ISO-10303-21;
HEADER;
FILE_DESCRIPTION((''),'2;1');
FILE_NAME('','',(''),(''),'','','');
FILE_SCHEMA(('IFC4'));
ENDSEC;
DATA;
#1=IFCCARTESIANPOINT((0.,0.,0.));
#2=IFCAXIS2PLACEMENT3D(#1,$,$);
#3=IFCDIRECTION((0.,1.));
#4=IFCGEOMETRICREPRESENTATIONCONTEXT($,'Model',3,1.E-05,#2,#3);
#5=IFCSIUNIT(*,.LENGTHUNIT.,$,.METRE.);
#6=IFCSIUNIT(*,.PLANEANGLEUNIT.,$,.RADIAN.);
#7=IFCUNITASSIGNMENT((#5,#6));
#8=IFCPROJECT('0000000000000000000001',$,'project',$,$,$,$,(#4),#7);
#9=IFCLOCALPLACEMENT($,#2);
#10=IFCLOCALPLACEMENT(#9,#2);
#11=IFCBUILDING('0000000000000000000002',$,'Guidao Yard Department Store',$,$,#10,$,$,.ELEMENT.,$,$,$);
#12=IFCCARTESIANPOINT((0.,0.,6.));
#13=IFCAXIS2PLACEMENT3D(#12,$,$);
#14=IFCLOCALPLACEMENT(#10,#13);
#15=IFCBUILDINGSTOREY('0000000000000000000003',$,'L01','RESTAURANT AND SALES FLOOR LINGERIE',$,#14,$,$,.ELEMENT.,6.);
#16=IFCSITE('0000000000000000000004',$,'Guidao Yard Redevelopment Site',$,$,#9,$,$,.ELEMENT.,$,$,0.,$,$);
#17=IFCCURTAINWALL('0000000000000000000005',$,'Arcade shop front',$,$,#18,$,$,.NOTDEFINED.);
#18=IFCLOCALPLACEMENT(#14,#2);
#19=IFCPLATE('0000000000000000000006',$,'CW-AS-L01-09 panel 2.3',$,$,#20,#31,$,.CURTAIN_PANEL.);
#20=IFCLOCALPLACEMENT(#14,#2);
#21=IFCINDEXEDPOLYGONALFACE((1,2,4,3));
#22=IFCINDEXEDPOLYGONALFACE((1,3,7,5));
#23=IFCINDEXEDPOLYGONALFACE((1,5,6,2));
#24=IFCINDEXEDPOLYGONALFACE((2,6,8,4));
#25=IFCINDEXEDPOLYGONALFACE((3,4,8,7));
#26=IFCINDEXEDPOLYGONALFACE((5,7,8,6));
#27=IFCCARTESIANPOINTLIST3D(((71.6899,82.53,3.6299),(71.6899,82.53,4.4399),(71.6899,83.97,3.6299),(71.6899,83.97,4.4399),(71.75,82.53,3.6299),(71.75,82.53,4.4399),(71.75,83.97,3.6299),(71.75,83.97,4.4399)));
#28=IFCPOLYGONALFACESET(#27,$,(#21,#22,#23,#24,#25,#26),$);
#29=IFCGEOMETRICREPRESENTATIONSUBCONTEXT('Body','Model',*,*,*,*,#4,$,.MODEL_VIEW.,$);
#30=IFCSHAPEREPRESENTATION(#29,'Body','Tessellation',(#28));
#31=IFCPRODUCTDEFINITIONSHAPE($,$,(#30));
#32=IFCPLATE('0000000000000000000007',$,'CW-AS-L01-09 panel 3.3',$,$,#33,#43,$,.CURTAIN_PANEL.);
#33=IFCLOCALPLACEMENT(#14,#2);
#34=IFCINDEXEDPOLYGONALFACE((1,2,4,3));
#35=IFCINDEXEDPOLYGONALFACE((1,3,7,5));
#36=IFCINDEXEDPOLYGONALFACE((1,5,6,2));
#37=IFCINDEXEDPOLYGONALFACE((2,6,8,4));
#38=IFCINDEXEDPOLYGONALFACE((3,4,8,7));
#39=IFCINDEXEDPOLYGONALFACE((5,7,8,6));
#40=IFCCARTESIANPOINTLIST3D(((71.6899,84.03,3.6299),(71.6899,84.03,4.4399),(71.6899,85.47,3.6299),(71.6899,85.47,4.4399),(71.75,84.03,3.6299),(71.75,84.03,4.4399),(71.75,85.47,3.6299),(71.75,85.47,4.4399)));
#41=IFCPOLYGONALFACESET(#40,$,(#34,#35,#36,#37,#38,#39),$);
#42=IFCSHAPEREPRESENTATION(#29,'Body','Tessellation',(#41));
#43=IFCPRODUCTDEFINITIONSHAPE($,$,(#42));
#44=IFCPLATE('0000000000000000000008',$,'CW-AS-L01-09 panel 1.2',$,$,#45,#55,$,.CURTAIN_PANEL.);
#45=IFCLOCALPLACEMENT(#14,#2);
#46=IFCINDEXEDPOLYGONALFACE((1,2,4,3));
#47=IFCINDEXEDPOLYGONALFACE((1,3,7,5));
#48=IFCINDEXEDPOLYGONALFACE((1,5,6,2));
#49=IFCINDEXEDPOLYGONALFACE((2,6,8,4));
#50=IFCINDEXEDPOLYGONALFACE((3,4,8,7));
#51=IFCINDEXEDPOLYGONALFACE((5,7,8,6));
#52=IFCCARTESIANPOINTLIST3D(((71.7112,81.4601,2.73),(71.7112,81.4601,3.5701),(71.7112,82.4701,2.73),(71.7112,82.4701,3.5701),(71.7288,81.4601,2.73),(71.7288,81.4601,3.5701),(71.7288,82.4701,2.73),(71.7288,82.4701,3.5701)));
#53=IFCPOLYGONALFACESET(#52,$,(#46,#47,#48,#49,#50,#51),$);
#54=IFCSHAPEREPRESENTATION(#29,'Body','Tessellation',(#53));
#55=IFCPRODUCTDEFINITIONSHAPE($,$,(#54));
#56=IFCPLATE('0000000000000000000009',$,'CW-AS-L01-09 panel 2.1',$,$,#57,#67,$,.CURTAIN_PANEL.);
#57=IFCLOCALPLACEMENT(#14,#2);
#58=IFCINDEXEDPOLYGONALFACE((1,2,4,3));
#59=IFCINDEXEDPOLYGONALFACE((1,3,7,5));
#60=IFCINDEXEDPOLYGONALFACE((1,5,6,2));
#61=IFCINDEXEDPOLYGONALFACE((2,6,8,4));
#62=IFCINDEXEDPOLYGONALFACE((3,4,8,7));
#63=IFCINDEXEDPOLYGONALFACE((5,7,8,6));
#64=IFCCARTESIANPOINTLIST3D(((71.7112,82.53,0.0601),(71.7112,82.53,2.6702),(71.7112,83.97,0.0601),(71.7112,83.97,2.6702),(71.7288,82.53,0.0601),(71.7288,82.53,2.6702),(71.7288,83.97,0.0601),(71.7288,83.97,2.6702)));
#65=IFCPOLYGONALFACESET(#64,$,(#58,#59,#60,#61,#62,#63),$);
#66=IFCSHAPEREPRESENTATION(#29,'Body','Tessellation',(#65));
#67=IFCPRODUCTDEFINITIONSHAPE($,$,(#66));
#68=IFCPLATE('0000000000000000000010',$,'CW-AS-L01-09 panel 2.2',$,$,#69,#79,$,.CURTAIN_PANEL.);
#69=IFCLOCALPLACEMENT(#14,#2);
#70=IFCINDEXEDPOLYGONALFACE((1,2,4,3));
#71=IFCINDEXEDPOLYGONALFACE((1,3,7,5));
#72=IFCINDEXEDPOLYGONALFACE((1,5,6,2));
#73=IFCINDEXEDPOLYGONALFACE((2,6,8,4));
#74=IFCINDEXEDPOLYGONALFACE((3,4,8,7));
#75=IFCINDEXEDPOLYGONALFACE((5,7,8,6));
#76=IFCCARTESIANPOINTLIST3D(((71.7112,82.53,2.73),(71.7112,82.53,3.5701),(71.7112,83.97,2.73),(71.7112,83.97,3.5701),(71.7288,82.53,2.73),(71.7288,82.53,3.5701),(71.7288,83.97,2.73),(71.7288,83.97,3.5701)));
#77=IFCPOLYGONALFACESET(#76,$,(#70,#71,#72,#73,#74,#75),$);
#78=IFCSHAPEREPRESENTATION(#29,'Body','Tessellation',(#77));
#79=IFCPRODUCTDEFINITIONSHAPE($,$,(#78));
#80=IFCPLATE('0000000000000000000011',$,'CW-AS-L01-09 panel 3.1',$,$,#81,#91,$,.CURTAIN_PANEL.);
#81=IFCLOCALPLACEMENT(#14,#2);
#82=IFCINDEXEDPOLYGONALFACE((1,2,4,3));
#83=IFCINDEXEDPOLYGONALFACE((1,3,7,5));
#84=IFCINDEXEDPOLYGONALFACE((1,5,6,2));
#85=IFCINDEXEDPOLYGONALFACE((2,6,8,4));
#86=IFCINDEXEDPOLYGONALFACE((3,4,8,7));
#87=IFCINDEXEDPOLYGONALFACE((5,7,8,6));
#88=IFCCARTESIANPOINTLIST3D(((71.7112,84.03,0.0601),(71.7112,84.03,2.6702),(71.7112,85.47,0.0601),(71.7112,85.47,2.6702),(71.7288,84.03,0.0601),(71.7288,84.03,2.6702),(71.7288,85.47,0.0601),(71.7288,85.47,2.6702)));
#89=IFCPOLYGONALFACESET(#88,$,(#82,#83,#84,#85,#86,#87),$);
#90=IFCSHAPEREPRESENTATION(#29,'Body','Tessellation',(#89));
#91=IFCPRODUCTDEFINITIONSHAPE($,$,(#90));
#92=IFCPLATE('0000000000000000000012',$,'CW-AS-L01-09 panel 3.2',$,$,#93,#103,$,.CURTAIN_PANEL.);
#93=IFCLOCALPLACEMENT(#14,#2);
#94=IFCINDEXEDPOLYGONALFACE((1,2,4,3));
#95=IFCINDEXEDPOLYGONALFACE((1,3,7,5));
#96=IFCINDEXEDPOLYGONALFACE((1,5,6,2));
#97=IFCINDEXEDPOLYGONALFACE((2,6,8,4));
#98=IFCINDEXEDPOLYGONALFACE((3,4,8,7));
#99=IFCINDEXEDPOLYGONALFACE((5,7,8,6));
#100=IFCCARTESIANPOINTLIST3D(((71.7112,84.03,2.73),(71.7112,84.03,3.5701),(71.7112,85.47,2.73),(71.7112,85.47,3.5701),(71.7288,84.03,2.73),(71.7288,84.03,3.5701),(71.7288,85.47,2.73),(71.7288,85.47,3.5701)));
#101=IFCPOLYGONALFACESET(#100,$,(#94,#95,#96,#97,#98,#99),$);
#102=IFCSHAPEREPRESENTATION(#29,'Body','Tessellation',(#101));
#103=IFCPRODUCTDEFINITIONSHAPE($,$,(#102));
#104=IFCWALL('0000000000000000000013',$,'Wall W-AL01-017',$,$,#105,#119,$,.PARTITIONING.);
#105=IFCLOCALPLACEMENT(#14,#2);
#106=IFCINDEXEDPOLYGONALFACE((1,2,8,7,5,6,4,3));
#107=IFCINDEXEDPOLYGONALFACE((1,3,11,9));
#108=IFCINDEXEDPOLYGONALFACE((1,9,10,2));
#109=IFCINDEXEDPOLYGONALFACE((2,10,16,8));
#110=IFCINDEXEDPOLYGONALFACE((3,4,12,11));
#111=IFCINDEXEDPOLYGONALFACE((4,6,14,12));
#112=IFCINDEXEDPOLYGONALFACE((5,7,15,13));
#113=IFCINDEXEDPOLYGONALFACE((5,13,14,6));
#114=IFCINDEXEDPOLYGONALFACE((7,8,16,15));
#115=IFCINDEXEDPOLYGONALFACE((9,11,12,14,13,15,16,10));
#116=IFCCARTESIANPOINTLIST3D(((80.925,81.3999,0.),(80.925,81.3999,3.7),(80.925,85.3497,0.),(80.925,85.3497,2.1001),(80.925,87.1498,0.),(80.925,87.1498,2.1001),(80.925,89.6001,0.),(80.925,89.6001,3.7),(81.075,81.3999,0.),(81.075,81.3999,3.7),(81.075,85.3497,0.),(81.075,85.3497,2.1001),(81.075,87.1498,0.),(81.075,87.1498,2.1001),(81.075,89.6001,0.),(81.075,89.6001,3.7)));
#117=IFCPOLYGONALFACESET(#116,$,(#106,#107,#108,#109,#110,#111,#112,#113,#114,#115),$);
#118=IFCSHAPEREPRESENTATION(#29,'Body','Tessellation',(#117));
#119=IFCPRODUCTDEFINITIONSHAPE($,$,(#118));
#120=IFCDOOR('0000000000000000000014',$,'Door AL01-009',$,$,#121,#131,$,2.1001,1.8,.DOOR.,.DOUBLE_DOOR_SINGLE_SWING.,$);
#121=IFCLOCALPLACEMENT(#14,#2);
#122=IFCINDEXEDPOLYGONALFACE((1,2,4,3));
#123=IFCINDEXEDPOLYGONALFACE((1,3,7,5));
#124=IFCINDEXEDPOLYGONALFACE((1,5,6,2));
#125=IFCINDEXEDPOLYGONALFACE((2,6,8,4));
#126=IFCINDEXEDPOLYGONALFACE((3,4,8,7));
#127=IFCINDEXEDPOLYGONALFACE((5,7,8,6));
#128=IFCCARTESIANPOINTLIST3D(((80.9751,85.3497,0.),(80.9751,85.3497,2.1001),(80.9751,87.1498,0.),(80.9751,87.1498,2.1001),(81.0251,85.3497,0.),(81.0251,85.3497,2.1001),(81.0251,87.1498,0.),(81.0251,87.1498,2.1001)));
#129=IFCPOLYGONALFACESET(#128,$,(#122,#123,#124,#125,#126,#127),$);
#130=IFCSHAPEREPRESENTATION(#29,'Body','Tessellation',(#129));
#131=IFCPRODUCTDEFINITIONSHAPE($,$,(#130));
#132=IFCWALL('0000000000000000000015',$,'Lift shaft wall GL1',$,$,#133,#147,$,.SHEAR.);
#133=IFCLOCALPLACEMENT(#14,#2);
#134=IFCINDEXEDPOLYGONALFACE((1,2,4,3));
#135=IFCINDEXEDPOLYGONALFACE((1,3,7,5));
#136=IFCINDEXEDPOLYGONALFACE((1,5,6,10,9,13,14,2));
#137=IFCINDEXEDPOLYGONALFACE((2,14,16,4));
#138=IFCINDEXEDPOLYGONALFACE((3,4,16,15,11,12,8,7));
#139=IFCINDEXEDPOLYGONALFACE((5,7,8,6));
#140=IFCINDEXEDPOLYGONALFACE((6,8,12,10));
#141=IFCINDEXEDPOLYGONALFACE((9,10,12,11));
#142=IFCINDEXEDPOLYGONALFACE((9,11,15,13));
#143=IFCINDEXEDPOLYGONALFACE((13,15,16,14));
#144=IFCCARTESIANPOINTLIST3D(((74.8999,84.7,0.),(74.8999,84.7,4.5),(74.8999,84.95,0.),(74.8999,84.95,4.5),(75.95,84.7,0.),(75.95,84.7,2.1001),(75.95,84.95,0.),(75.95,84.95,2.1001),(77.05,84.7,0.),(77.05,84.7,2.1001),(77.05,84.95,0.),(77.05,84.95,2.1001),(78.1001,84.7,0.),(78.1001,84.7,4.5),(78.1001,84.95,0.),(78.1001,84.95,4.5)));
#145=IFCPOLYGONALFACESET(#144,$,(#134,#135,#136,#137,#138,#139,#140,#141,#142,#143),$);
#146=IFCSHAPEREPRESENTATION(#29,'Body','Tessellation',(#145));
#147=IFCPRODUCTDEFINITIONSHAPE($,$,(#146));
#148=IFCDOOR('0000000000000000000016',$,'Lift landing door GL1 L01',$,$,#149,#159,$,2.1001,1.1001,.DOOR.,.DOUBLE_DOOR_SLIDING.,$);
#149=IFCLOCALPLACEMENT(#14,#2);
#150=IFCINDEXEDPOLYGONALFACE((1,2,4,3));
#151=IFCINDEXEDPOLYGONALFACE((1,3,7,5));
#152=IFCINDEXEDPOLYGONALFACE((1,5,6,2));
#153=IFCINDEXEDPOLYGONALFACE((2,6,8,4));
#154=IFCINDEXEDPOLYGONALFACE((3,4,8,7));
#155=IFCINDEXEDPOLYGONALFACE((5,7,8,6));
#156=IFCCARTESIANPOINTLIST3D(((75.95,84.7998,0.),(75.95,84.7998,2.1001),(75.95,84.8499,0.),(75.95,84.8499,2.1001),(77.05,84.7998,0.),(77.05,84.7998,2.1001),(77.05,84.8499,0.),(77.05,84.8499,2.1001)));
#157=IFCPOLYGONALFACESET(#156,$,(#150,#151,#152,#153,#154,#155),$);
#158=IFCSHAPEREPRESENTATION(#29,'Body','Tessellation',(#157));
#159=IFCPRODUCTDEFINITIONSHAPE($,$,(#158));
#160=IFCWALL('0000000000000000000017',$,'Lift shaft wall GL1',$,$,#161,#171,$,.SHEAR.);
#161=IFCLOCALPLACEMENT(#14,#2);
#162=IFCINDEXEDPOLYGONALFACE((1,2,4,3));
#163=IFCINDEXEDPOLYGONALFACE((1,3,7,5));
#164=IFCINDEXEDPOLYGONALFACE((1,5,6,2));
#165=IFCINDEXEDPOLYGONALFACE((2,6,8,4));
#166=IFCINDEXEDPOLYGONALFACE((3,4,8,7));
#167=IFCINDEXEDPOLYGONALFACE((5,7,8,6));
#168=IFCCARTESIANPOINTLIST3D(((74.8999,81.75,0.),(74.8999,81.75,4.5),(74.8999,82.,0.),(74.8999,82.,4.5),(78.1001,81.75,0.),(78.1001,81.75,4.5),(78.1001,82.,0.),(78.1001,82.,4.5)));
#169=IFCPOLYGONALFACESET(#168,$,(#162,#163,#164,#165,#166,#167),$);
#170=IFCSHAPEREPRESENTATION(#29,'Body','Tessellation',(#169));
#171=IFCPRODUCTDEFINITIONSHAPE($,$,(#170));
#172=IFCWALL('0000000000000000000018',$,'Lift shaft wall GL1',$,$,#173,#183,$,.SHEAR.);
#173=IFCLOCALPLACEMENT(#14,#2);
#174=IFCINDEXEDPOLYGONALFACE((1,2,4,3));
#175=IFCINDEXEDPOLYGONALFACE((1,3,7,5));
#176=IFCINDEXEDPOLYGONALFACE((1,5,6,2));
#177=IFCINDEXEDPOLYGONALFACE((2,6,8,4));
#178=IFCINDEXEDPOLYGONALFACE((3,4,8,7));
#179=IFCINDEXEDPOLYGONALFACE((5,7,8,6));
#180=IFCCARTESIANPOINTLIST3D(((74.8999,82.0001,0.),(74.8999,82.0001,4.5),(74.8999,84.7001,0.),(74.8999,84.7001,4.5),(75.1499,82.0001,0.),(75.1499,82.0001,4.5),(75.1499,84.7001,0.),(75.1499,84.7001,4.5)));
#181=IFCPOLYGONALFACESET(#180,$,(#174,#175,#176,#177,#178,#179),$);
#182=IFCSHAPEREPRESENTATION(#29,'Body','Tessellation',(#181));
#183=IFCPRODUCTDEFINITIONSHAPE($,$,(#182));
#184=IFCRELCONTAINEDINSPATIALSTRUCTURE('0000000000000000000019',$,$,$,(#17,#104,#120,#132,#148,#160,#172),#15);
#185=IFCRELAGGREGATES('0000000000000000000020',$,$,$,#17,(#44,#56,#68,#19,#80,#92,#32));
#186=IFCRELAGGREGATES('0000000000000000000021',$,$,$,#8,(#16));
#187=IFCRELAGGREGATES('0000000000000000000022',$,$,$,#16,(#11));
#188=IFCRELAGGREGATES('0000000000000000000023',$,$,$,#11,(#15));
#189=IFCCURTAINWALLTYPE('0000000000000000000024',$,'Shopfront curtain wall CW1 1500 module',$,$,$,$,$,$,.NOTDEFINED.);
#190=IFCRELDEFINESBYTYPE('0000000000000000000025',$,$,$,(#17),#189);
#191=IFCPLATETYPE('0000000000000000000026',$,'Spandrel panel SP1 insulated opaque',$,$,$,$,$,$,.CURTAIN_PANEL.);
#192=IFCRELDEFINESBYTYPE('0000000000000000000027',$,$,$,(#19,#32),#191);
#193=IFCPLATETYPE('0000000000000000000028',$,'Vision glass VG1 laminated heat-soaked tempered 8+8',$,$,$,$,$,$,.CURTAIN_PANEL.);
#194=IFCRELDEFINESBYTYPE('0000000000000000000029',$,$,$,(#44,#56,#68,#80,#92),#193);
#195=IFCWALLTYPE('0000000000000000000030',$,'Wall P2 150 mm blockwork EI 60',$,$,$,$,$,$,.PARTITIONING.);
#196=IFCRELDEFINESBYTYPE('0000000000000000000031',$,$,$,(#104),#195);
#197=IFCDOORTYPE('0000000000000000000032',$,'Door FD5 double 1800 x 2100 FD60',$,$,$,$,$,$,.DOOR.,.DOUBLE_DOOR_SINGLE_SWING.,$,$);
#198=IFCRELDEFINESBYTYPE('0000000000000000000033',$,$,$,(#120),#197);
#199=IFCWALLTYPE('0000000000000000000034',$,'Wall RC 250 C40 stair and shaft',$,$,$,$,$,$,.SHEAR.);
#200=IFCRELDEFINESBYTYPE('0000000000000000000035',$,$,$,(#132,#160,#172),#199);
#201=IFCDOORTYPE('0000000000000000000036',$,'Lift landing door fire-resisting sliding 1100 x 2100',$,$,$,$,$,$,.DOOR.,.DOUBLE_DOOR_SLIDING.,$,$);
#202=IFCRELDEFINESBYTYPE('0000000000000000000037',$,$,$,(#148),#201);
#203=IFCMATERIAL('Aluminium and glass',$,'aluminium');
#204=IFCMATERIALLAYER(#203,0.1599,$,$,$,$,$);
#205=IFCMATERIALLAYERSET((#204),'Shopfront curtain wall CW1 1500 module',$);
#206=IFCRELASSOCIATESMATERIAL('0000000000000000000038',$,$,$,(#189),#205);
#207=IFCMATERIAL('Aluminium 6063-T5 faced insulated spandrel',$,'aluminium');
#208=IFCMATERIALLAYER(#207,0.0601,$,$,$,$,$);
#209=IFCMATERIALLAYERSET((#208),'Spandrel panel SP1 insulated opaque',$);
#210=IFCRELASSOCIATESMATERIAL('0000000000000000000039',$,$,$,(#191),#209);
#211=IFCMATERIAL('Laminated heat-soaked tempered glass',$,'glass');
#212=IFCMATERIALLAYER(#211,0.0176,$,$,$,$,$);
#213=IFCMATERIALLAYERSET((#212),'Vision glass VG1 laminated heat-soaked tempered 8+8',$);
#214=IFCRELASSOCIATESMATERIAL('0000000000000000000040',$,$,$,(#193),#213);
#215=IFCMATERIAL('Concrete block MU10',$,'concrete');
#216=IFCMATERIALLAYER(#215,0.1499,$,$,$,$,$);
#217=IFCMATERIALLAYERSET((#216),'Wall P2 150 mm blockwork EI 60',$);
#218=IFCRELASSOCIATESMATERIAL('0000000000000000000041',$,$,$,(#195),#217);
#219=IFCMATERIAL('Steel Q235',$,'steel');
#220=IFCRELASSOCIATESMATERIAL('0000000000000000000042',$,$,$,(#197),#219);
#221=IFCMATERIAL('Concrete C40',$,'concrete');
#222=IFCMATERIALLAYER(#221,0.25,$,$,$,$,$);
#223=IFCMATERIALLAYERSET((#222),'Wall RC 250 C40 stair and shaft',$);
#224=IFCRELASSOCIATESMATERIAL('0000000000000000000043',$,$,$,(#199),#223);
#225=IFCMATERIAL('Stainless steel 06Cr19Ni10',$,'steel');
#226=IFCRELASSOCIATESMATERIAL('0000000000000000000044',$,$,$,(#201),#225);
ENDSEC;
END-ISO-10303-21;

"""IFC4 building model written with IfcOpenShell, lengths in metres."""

from ifc_helpers import new_model, si_unit, direction, frame, frame_2d, origin, origin_2d, place, context, subcontext, project, spatial, rectangle, extrude, material, layer, layer_set, type_object, element, fill, aggregate, save


model = new_model("IFC4")

# Units and contexts
model_context = context("Model", 3, precision=1e-05, world=origin(), true_north=direction((0.0, 1.0)))
body_context = subcontext(model_context, "Body", "Model", "MODEL_VIEW")
ifc_project = project(units=[si_unit("LENGTHUNIT", "METRE"), si_unit("PLANEANGLEUNIT", "RADIAN")], contexts=[model_context])

# Site, building, storey
site_placement = place(None, origin())
site = spatial("IfcSite", under=ifc_project, at=site_placement, Name="Guidao Yard Redevelopment Site", CompositionType="ELEMENT", RefElevation=0.0)
building_placement = place(site_placement, origin())
building = spatial("IfcBuilding", under=site, at=building_placement, Name="Guidao Yard Department Store", CompositionType="ELEMENT")
storey_placement = place(building_placement, frame((0.0, 0.0, 6.0)))
storey = spatial("IfcBuildingStorey", under=building, at=storey_placement, Name="L01", Description="RESTAURANT AND SALES FLOOR LINGERIE", CompositionType="ELEMENT", Elevation=6.0)

# Curtain wall
ifc_material_1 = material(Name="Aluminium and glass", Category="aluminium")
ifc_layer_1 = layer(ifc_material_1, 0.1599)
ifc_layer_set_1 = layer_set([ifc_layer_1], Name="Shopfront curtain wall CW1 1500 module")
curtain_wall_type = type_object("IfcCurtainWallType", Name="Shopfront curtain wall CW1 1500 module", PredefinedType="NOTDEFINED", material=ifc_layer_set_1)
curtain_wall_placement = place(storey_placement, origin())
curtain_wall = element("IfcCurtainWall", 1, at=curtain_wall_placement, inside=storey, type_object=curtain_wall_type, Name="Arcade shop front", PredefinedType="NOTDEFINED")

# Plates
ifc_material_2 = material(Name="Aluminium 6063-T5 faced insulated spandrel", Category="aluminium")
ifc_layer_2 = layer(ifc_material_2, 0.0601)
ifc_layer_set_2 = layer_set([ifc_layer_2], Name="Spandrel panel SP1 insulated opaque")
plate_type_1 = type_object("IfcPlateType", Name="Spandrel panel SP1 insulated opaque", PredefinedType="CURTAIN_PANEL", material=ifc_layer_set_2)
plate_1_placement = place(storey_placement, frame((71.72, 83.25, 3.6299), z_axis=(0.0, 0.0, 1.0), x_axis=(0.0, 1.0, 0.0)))
plate_1 = element("IfcPlate", 2, at=plate_1_placement, type_object=plate_type_1, Name="CW-AS-L01-09 panel 2.3", PredefinedType="CURTAIN_PANEL", context=body_context, shape_type="SweptSolid", body=[
    extrude(rectangle(XDim=1.4399, YDim=0.0601, at=origin_2d()), origin(), (0.0, 0.0, 1.0), 0.8101),
])
plate_2_placement = place(storey_placement, frame((71.72, 84.75, 3.6299), z_axis=(0.0, 0.0, 1.0), x_axis=(0.0, 1.0, 0.0)))
plate_2 = element("IfcPlate", 3, at=plate_2_placement, type_object=plate_type_1, Name="CW-AS-L01-09 panel 3.3", PredefinedType="CURTAIN_PANEL", context=body_context, shape_type="SweptSolid", body=[
    extrude(rectangle(XDim=1.4399, YDim=0.0601, at=origin_2d()), origin(), (0.0, 0.0, 1.0), 0.8101),
])
ifc_material_3 = material(Name="Laminated heat-soaked tempered glass", Category="glass")
ifc_layer_3 = layer(ifc_material_3, 0.0176)
ifc_layer_set_3 = layer_set([ifc_layer_3], Name="Vision glass VG1 laminated heat-soaked tempered 8+8")
plate_type_2 = type_object("IfcPlateType", Name="Vision glass VG1 laminated heat-soaked tempered 8+8", PredefinedType="CURTAIN_PANEL", material=ifc_layer_set_3)
plate_3_placement = place(storey_placement, frame((71.72, 81.9651, 2.73), z_axis=(0.0, 0.0, 1.0), x_axis=(0.0, 1.0, 0.0)))
plate_3 = element("IfcPlate", 4, at=plate_3_placement, type_object=plate_type_2, Name="CW-AS-L01-09 panel 1.2", PredefinedType="CURTAIN_PANEL", context=body_context, shape_type="SweptSolid", body=[
    extrude(rectangle(XDim=1.01, YDim=0.0176, at=origin_2d()), origin(), (0.0, 0.0, 1.0), 0.8401),
])
plate_4_placement = place(storey_placement, frame((71.72, 83.25, 0.0601), z_axis=(0.0, 0.0, 1.0), x_axis=(0.0, 1.0, 0.0)))
plate_4 = element("IfcPlate", 5, at=plate_4_placement, type_object=plate_type_2, Name="CW-AS-L01-09 panel 2.1", PredefinedType="CURTAIN_PANEL", context=body_context, shape_type="SweptSolid", body=[
    extrude(rectangle(XDim=1.4399, YDim=0.0176, at=origin_2d()), origin(), (0.0, 0.0, 1.0), 2.6101),
])
plate_5_placement = place(storey_placement, frame((71.72, 83.25, 2.73), z_axis=(0.0, 0.0, 1.0), x_axis=(0.0, 1.0, 0.0)))
plate_5 = element("IfcPlate", 6, at=plate_5_placement, type_object=plate_type_2, Name="CW-AS-L01-09 panel 2.2", PredefinedType="CURTAIN_PANEL", context=body_context, shape_type="SweptSolid", body=[
    extrude(rectangle(XDim=1.4399, YDim=0.0176, at=origin_2d()), origin(), (0.0, 0.0, 1.0), 0.8401),
])
plate_6_placement = place(storey_placement, frame((71.72, 84.75, 0.0601), z_axis=(0.0, 0.0, 1.0), x_axis=(0.0, 1.0, 0.0)))
plate_6 = element("IfcPlate", 7, at=plate_6_placement, type_object=plate_type_2, Name="CW-AS-L01-09 panel 3.1", PredefinedType="CURTAIN_PANEL", context=body_context, shape_type="SweptSolid", body=[
    extrude(rectangle(XDim=1.4399, YDim=0.0176, at=origin_2d()), origin(), (0.0, 0.0, 1.0), 2.6101),
])
plate_7_placement = place(storey_placement, frame((71.72, 84.75, 2.73), z_axis=(0.0, 0.0, 1.0), x_axis=(0.0, 1.0, 0.0)))
plate_7 = element("IfcPlate", 8, at=plate_7_placement, type_object=plate_type_2, Name="CW-AS-L01-09 panel 3.2", PredefinedType="CURTAIN_PANEL", context=body_context, shape_type="SweptSolid", body=[
    extrude(rectangle(XDim=1.4399, YDim=0.0176, at=origin_2d()), origin(), (0.0, 0.0, 1.0), 0.8401),
])
aggregate(curtain_wall, [plate_3, plate_4, plate_5, plate_1, plate_6, plate_7, plate_2])

# Walls, openings, doors
ifc_material_4 = material(Name="Concrete block MU10", Category="concrete")
ifc_layer_4 = layer(ifc_material_4, 0.1499)
ifc_layer_set_4 = layer_set([ifc_layer_4], Name="Wall P2 150 mm blockwork EI 60")
wall_type_1 = type_object("IfcWallType", Name="Wall P2 150 mm blockwork EI 60", PredefinedType="PARTITIONING", material=ifc_layer_set_4)
wall_1_placement = place(storey_placement, frame((81.0, 81.3999, 0.0), z_axis=(0.0, 0.0, 1.0), x_axis=(0.0, 1.0, 0.0)))
wall_1 = element("IfcWall", 9, at=wall_1_placement, inside=storey, type_object=wall_type_1, Name="Wall W-AL01-017", PredefinedType="PARTITIONING", context=body_context, shape_type="SweptSolid", body=[
    extrude(rectangle(XDim=8.2002, YDim=0.1499, at=frame_2d((4.1001, 0.0))), origin(), (0.0, 0.0, 1.0), 3.7),
])
opening_1_placement = place(wall_1_placement, frame((3.95, 0.0, 0.0)))
opening_1 = element("IfcOpeningElement", 10, at=opening_1_placement, cuts=wall_1, PredefinedType="OPENING", context=body_context, shape_type="SweptSolid", body=[
    extrude(rectangle(XDim=1.8, YDim=2.1001, at=frame_2d((0.8999, 1.05))), frame((0.0, 0.085, 0.0), z_axis=(0.0, -1.0, 0.0), x_axis=(1.0, 0.0, 0.0)), (0.0, 0.0, 1.0), 0.1699),
])
ifc_material_5 = material(Name="Steel Q235", Category="steel")
door_type_1 = type_object("IfcDoorType", Name="Door FD5 double 1800 x 2100 FD60", OperationType="DOUBLE_DOOR_SINGLE_SWING", PredefinedType="DOOR", material=ifc_material_5)
door_1_placement = place(opening_1_placement, origin())
door_1 = element("IfcDoor", 11, at=door_1_placement, inside=storey, type_object=door_type_1, Name="Door AL01-009", OperationType="DOUBLE_DOOR_SINGLE_SWING", OverallHeight=2.1001, OverallWidth=1.8, PredefinedType="DOOR", context=body_context, shape_type="SweptSolid", body=[
    extrude(rectangle(XDim=1.8, YDim=2.1001, at=frame_2d((0.8999, 1.05))), frame((0.0, 0.0249, 0.0), z_axis=(0.0, -1.0, 0.0), x_axis=(1.0, 0.0, 0.0)), (0.0, 0.0, 1.0), 0.05),
])
fill(opening_1, door_1)
ifc_material_6 = material(Name="Concrete C40", Category="concrete")
ifc_layer_5 = layer(ifc_material_6, 0.25)
ifc_layer_set_5 = layer_set([ifc_layer_5], Name="Wall RC 250 C40 stair and shaft")
wall_type_2 = type_object("IfcWallType", Name="Wall RC 250 C40 stair and shaft", PredefinedType="SHEAR", material=ifc_layer_set_5)
wall_2_placement = place(storey_placement, frame((74.8999, 84.825, 0.0), z_axis=(0.0, 0.0, 1.0), x_axis=(1.0, 0.0, 0.0)))
wall_2 = element("IfcWall", 12, at=wall_2_placement, inside=storey, type_object=wall_type_2, Name="Lift shaft wall GL1", PredefinedType="SHEAR", context=body_context, shape_type="SweptSolid", body=[
    extrude(rectangle(XDim=3.2002, YDim=0.25, at=frame_2d((1.6001, 0.0))), origin(), (0.0, 0.0, 1.0), 4.5),
])
opening_2_placement = place(wall_2_placement, frame((1.05, 0.0, 0.0)))
opening_2 = element("IfcOpeningElement", 13, at=opening_2_placement, cuts=wall_2, PredefinedType="OPENING", context=body_context, shape_type="SweptSolid", body=[
    extrude(rectangle(XDim=1.1001, YDim=2.1001, at=frame_2d((0.55, 1.05))), frame((0.0, 0.135, 0.0), z_axis=(0.0, -1.0, 0.0), x_axis=(1.0, 0.0, 0.0)), (0.0, 0.0, 1.0), 0.27),
])
ifc_material_7 = material(Name="Stainless steel 06Cr19Ni10", Category="steel")
door_type_2 = type_object("IfcDoorType", Name="Lift landing door fire-resisting sliding 1100 x 2100", OperationType="DOUBLE_DOOR_SLIDING", PredefinedType="DOOR", material=ifc_material_7)
door_2_placement = place(opening_2_placement, origin())
door_2 = element("IfcDoor", 14, at=door_2_placement, inside=storey, type_object=door_type_2, Name="Lift landing door GL1 L01", OperationType="DOUBLE_DOOR_SLIDING", OverallHeight=2.1001, OverallWidth=1.1001, PredefinedType="DOOR", context=body_context, shape_type="SweptSolid", body=[
    extrude(rectangle(XDim=1.1001, YDim=2.1001, at=frame_2d((0.55, 1.05))), frame((0.0, 0.0249, 0.0), z_axis=(0.0, -1.0, 0.0), x_axis=(1.0, 0.0, 0.0)), (0.0, 0.0, 1.0), 0.05),
])
fill(opening_2, door_2)

# Walls
wall_3_placement = place(storey_placement, frame((74.8999, 81.875, 0.0), z_axis=(0.0, 0.0, 1.0), x_axis=(1.0, 0.0, 0.0)))
element("IfcWall", 15, at=wall_3_placement, inside=storey, type_object=wall_type_2, Name="Lift shaft wall GL1", PredefinedType="SHEAR", context=body_context, shape_type="SweptSolid", body=[
    extrude(rectangle(XDim=3.2002, YDim=0.25, at=frame_2d((1.6001, 0.0))), origin(), (0.0, 0.0, 1.0), 4.5),
])
for number, where, z_axis, x_axis, name in (
    (16, (75.0249, 82.0, 0.0), (0.0, 0.0, 1.0), (0.0, 1.0, 0.0), "Lift shaft wall GL1"),
):
    element("IfcWall", number, at=place(storey_placement, frame(where, z_axis=z_axis, x_axis=x_axis)), inside=storey, type_object=wall_type_2, Name=name, PredefinedType="SHEAR", context=body_context, shape_type="SweptSolid", body=[
        extrude(rectangle(XDim=2.7, YDim=0.25, at=frame_2d((1.3501, 0.0))), origin(), (0.0, 0.0, 1.0), 4.5),
    ])

save(model, "model.ifc")
